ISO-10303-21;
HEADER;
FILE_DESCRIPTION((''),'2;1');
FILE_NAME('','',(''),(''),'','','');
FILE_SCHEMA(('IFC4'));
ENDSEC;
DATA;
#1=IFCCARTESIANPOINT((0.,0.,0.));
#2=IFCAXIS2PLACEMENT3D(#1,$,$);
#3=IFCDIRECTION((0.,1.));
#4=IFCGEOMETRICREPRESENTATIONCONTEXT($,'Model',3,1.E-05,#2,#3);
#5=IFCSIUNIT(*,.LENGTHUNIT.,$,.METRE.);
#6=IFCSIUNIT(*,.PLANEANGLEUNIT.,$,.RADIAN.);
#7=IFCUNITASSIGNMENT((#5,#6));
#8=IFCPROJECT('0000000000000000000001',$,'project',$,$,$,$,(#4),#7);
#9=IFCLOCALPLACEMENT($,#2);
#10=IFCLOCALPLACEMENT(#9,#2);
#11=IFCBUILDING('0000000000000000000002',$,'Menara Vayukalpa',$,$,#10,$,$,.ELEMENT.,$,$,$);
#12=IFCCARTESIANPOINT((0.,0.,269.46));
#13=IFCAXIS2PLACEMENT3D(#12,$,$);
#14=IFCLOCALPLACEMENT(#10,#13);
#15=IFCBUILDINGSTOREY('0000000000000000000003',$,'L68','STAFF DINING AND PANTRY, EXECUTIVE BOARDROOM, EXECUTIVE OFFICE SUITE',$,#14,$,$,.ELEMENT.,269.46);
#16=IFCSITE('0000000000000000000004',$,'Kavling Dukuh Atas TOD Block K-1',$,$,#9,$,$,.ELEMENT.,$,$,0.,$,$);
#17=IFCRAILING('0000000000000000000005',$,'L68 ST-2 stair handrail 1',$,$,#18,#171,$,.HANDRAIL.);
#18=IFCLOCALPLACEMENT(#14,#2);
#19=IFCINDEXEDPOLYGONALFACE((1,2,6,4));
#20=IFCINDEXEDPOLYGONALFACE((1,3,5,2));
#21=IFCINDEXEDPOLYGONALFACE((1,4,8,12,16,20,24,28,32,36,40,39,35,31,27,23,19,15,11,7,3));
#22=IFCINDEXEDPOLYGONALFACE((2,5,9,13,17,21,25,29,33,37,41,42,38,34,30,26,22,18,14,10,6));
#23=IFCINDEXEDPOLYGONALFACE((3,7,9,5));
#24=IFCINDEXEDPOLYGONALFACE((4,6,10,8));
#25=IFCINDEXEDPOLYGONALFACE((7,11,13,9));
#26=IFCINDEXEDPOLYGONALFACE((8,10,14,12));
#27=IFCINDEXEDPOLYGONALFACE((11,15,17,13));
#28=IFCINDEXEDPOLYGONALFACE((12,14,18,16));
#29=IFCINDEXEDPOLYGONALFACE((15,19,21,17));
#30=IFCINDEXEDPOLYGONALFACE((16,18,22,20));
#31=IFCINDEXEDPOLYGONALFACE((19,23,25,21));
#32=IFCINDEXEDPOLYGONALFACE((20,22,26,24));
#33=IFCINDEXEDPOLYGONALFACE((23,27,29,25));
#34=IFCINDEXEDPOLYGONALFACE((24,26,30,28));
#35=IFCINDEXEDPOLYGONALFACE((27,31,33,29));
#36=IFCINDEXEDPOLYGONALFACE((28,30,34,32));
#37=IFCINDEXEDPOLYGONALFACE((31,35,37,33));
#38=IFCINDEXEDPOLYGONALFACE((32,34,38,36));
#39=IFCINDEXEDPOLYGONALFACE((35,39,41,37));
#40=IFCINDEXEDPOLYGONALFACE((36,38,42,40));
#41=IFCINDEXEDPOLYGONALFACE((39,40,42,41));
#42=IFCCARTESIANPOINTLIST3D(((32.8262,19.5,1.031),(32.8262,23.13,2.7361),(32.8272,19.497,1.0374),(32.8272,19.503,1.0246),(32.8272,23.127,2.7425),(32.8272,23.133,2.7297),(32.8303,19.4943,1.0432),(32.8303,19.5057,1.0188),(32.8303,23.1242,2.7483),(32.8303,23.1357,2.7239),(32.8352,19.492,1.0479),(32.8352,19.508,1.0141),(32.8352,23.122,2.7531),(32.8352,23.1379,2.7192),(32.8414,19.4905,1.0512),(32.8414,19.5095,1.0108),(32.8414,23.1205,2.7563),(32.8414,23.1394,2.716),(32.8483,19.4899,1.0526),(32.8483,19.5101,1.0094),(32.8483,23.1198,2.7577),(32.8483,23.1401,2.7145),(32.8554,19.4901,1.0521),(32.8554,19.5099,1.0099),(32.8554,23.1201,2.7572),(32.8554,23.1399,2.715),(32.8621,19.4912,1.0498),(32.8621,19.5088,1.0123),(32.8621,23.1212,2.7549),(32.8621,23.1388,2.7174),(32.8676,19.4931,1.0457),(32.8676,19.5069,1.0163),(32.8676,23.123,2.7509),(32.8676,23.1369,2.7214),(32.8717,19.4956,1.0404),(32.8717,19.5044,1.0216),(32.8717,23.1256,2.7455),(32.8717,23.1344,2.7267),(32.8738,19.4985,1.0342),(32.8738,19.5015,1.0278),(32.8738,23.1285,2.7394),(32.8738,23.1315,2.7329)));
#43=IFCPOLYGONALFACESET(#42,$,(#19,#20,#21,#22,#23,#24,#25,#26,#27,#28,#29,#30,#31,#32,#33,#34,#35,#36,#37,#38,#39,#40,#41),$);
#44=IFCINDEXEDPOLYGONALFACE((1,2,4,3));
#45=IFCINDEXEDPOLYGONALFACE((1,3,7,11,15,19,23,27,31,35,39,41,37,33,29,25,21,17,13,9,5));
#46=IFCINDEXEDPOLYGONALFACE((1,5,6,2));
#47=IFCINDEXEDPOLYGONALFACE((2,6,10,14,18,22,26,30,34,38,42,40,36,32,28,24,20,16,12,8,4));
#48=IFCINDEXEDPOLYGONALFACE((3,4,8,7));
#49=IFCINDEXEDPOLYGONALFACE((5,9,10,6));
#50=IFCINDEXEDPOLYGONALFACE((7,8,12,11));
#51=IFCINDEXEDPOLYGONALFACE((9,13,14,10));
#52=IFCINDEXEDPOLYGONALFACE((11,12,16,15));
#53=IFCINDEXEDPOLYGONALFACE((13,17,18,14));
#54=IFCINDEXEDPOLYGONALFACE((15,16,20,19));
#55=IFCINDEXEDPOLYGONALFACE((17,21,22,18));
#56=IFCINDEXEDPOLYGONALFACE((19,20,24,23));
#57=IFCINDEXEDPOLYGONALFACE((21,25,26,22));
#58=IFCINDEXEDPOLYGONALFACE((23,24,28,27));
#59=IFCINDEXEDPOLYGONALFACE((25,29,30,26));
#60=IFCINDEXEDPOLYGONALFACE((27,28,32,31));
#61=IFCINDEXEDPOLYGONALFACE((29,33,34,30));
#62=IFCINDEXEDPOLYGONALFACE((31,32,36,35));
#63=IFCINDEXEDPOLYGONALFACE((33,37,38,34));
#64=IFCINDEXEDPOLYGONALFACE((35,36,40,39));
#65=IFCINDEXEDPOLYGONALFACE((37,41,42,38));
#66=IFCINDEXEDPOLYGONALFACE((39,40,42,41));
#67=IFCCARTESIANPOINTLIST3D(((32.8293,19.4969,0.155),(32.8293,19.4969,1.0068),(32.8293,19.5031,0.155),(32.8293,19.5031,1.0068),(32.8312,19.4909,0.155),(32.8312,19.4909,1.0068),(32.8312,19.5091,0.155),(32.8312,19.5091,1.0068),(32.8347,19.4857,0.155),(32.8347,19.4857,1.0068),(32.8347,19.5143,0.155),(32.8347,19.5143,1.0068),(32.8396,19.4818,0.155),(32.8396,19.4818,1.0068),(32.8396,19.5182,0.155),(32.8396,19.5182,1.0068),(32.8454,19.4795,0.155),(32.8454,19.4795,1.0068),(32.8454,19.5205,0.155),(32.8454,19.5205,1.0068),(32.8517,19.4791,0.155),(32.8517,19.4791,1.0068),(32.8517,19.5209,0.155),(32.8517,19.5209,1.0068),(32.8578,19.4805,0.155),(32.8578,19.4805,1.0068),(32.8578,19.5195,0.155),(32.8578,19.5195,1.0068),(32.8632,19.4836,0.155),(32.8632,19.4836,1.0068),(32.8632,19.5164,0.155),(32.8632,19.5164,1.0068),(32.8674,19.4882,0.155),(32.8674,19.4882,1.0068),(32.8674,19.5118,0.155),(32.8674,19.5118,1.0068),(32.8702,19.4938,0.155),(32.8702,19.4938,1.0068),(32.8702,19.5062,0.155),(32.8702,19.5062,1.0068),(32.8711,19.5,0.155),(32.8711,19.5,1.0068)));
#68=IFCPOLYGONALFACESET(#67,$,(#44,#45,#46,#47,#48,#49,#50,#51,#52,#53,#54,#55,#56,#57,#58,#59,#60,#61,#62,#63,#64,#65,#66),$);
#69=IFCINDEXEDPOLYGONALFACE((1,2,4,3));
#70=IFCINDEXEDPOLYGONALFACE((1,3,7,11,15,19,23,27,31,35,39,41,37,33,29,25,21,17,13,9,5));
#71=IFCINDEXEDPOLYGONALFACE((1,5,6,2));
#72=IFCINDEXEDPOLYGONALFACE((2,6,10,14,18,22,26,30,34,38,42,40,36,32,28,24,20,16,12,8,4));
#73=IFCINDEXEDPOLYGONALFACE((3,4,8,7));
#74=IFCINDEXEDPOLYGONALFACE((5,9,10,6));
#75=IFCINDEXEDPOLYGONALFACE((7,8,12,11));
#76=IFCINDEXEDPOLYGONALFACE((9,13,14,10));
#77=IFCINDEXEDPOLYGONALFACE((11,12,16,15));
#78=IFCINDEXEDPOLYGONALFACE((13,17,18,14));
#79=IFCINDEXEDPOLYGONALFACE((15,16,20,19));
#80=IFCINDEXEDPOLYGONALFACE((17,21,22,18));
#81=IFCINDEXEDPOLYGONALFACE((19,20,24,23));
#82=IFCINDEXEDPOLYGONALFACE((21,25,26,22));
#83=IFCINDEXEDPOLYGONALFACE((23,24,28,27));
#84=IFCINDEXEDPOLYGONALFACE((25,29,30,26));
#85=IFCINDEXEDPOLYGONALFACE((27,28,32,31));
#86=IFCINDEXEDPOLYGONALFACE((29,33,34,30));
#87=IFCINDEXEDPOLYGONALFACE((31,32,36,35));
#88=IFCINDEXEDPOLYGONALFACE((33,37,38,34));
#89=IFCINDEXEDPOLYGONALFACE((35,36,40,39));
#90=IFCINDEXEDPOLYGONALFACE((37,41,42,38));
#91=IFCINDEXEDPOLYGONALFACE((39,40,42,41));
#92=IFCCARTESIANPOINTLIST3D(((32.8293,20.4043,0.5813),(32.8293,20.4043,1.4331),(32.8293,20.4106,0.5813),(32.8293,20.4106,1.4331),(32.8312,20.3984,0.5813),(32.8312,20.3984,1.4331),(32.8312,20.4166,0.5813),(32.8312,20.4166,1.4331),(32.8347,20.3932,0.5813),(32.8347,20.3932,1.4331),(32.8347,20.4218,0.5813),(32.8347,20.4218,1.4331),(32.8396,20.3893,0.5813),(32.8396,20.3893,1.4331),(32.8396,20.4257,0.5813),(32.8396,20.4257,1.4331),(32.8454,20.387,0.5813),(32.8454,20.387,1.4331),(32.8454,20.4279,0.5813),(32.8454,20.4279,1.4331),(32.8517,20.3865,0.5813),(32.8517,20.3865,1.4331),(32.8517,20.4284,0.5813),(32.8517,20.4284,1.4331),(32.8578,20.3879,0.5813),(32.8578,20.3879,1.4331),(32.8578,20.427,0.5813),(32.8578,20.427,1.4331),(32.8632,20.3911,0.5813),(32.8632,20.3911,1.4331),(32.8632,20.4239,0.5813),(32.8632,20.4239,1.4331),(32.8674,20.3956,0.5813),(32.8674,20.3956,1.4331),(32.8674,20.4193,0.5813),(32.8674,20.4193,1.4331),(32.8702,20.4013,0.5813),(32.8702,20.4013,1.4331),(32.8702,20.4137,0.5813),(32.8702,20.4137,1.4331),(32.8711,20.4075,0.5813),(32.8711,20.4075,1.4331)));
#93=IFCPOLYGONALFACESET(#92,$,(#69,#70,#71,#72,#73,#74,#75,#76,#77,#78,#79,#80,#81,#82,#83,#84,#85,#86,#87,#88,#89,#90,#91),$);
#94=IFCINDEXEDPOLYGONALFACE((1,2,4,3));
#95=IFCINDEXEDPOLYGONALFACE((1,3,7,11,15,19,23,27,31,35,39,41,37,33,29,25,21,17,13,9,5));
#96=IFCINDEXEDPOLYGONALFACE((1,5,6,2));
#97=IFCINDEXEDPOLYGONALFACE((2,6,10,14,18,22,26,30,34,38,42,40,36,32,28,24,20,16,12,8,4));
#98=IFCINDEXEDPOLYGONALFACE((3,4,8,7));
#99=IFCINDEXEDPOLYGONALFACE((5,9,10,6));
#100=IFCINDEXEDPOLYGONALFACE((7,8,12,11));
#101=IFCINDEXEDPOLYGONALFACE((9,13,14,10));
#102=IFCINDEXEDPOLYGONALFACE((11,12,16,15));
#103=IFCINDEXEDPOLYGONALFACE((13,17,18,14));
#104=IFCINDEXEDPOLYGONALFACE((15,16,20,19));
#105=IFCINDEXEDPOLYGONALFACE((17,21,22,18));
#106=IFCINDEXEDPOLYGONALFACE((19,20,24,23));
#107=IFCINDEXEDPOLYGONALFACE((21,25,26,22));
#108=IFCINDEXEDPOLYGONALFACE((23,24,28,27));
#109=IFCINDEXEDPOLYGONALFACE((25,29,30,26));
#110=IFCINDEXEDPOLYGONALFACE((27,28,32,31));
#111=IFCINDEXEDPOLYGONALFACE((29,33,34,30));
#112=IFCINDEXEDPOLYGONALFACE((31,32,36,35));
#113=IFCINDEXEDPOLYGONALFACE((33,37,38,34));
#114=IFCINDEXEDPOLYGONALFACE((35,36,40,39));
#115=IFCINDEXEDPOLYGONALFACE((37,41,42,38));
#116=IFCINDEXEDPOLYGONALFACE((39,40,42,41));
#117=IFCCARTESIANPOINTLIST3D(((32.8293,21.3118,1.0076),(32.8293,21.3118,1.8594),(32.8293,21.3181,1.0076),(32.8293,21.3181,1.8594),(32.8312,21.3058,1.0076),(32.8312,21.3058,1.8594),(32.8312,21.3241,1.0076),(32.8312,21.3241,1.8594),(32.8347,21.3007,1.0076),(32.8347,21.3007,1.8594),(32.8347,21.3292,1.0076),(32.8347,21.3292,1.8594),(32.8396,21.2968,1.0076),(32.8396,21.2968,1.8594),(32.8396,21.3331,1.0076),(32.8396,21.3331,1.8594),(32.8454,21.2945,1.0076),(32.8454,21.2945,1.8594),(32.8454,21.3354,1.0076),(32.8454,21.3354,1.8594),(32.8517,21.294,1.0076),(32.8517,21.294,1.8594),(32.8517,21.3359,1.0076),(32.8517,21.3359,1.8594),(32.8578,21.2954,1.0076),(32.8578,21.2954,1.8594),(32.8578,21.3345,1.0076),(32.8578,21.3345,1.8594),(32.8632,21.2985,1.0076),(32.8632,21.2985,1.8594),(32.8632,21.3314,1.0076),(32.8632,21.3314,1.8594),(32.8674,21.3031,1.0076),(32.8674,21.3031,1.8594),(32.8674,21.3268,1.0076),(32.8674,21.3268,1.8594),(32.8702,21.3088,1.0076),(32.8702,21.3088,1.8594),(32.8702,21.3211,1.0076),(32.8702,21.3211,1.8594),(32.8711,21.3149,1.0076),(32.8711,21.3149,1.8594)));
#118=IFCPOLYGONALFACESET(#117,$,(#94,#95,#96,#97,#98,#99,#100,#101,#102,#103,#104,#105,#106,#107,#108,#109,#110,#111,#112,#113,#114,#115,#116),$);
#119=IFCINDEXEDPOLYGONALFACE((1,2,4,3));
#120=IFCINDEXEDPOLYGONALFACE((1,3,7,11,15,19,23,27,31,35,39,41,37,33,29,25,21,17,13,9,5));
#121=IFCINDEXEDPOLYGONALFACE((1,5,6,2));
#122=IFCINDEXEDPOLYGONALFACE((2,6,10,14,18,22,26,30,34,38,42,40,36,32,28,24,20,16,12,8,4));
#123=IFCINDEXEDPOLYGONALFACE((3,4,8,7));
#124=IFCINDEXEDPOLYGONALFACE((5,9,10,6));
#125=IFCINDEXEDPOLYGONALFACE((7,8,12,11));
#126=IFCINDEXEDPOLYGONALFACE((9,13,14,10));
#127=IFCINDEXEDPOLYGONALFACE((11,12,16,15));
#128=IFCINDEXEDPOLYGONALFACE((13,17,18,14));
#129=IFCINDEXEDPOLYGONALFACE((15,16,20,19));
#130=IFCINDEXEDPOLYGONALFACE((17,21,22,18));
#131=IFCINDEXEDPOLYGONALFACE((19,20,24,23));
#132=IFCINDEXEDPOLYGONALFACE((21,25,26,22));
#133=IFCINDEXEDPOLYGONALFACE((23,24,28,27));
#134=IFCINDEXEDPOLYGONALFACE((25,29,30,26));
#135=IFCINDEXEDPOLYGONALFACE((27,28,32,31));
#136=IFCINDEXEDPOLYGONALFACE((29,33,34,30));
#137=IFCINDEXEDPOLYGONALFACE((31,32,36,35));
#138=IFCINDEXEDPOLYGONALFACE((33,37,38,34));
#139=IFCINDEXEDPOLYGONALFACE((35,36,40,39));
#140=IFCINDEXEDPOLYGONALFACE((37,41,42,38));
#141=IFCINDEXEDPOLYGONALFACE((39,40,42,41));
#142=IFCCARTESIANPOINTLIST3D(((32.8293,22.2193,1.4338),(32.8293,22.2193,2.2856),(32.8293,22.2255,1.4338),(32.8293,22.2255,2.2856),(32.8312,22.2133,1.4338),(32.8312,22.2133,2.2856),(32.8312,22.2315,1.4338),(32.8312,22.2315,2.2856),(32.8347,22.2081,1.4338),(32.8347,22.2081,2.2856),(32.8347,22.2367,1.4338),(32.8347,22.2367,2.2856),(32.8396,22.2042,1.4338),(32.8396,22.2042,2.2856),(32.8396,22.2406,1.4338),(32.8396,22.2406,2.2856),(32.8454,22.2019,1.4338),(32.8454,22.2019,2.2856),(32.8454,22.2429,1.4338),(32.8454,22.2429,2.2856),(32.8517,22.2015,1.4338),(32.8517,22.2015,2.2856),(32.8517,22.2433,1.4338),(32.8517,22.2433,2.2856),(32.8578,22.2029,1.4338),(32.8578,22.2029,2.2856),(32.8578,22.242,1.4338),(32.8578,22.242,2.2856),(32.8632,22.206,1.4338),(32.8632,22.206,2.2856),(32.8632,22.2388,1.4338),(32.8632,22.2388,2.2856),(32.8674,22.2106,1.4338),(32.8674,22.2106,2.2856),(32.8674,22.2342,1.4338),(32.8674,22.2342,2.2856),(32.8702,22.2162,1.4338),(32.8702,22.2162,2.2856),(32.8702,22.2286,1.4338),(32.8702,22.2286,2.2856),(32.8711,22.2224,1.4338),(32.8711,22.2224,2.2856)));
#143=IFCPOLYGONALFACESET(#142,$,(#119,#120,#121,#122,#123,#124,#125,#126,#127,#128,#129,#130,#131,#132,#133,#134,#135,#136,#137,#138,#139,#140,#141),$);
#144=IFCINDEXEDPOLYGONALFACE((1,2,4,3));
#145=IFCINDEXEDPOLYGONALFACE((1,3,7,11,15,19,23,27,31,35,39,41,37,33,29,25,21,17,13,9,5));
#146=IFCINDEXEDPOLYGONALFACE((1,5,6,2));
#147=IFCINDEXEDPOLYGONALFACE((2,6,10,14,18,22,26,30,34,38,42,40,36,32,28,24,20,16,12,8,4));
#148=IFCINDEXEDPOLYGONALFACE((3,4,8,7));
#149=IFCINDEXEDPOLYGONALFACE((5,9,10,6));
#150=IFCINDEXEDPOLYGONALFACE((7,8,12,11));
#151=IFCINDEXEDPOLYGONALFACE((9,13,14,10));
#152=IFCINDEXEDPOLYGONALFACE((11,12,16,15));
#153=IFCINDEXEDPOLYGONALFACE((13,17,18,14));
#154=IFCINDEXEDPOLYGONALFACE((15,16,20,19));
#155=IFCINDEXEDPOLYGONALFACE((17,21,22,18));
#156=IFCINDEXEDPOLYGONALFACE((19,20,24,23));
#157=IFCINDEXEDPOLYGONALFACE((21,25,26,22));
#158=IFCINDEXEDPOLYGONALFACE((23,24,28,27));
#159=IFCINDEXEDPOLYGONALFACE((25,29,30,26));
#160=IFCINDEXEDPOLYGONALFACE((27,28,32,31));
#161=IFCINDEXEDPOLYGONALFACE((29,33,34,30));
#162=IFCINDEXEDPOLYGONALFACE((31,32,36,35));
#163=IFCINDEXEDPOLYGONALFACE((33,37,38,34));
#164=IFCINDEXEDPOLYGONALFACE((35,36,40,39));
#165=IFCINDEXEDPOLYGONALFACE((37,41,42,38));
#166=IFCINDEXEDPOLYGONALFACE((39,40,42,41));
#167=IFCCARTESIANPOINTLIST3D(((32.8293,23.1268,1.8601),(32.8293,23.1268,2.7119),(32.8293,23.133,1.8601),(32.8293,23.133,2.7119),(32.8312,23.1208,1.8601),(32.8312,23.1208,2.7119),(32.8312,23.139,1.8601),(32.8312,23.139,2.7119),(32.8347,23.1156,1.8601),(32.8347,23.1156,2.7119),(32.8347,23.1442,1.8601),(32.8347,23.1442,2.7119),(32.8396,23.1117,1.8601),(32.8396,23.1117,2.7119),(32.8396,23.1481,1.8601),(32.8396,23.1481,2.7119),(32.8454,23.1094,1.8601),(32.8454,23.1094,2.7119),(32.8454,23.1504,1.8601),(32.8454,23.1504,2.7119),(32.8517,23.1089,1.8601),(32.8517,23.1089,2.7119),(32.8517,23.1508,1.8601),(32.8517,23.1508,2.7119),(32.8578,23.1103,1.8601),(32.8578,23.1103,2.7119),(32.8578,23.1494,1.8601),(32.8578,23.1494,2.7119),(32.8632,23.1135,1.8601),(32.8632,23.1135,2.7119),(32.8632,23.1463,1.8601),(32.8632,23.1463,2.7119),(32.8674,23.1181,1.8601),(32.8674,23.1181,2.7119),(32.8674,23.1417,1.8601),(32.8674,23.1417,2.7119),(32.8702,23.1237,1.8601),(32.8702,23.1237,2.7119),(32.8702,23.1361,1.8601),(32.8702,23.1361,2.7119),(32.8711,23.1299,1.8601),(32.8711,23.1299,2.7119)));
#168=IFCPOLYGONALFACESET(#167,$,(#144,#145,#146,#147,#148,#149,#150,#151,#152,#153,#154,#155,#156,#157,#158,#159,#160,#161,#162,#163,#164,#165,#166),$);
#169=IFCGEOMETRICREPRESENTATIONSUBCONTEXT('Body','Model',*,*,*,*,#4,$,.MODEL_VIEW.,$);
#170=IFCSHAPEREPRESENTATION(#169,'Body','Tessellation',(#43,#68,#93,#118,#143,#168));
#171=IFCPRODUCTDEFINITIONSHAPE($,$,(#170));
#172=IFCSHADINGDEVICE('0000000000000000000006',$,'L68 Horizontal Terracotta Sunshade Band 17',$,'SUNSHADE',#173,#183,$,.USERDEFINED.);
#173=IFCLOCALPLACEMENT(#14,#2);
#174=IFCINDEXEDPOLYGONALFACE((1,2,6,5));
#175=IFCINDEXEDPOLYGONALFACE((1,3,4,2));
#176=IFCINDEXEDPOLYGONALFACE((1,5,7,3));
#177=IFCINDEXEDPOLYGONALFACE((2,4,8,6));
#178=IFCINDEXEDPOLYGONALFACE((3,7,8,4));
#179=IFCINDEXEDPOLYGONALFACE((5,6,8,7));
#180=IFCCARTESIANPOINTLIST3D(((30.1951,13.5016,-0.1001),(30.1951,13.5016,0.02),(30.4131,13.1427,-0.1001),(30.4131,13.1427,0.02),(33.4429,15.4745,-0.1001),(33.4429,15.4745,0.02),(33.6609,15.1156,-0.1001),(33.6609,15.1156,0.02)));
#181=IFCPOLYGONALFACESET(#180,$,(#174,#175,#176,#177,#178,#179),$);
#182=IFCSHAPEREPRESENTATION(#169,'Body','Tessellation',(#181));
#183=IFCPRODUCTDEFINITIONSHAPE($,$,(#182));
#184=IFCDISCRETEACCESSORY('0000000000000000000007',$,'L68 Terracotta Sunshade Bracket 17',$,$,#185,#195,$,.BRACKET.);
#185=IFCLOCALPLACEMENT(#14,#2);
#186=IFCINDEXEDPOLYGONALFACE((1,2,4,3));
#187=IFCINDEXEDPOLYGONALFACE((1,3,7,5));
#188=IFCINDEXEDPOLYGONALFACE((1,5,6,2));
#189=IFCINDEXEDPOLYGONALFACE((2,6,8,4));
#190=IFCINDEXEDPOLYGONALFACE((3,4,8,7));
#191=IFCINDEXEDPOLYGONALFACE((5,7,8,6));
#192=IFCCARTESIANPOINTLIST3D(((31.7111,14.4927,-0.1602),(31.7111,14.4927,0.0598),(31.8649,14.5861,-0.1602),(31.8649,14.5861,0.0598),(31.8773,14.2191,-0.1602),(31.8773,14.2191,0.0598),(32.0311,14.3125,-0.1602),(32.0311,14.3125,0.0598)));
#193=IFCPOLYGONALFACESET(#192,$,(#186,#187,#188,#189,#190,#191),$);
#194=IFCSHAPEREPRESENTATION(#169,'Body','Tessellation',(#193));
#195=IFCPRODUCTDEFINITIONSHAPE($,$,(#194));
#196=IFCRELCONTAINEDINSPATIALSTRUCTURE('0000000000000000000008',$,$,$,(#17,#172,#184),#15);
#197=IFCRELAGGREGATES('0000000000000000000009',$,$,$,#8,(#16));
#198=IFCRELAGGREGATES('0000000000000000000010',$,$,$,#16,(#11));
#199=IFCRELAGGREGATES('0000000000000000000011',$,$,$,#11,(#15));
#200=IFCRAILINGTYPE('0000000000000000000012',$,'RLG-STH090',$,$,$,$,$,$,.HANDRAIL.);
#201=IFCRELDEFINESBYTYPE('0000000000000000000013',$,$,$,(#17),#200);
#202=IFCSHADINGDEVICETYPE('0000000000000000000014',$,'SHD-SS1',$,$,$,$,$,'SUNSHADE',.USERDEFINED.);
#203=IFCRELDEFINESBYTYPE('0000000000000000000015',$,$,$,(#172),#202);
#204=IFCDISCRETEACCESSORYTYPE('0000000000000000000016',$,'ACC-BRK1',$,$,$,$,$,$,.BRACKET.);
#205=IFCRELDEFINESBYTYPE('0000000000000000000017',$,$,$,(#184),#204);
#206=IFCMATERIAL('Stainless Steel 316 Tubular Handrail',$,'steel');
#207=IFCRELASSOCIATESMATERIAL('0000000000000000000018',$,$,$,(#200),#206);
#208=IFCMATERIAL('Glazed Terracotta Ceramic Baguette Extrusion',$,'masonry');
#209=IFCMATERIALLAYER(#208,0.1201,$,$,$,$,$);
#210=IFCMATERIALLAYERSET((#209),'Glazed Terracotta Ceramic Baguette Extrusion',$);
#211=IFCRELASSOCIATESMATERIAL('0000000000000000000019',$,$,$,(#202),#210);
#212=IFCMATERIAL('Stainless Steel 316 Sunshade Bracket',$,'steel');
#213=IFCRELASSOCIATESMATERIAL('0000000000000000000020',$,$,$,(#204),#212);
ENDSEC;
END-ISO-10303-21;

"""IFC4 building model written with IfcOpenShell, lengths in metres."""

from ifc_helpers import new_model, si_unit, direction, frame, origin, origin_2d, place, context, subcontext, project, spatial, rectangle, circle, extrude, material, layer, layer_set, type_object, element, save


model = new_model("IFC4")

# Units and contexts
model_context = context("Model", 3, precision=1e-05, world=origin(), true_north=direction((0.0, 1.0)))
body_context = subcontext(model_context, "Body", "Model", "MODEL_VIEW")
ifc_project = project(units=[si_unit("LENGTHUNIT", "METRE"), si_unit("PLANEANGLEUNIT", "RADIAN")], contexts=[model_context])

# Site, building, storey
site_placement = place(None, origin())
site = spatial("IfcSite", under=ifc_project, at=site_placement, Name="Kavling Dukuh Atas TOD Block K-1", CompositionType="ELEMENT", RefElevation=0.0)
building_placement = place(site_placement, origin())
building = spatial("IfcBuilding", under=site, at=building_placement, Name="Menara Vayukalpa", CompositionType="ELEMENT")
storey_placement = place(building_placement, frame((0.0, 0.0, 269.46)))
storey = spatial("IfcBuildingStorey", under=building, at=storey_placement, Name="L68", Description="STAFF DINING AND PANTRY, EXECUTIVE BOARDROOM, EXECUTIVE OFFICE SUITE", CompositionType="ELEMENT", Elevation=269.46)

# Railing
ifc_material_1 = material(Name="Stainless Steel 316 Tubular Handrail", Category="steel")
railing_type_1 = type_object("IfcRailingType", Name="RLG-STH090", PredefinedType="HANDRAIL", material=ifc_material_1)
railing_1_placement = place(storey_placement, frame((32.8501, 19.5, 0.155)))
element("IfcRailing", 1, at=railing_1_placement, inside=storey, type_object=railing_type_1, Name="L68 ST-2 stair handrail 1", PredefinedType="HANDRAIL", context=body_context, shape_type="SweptSolid", body=[
    extrude(circle(Radius=0.0239, at=origin_2d()), frame((0.0, 0.0, 0.876), z_axis=(0.0, 0.905116, 0.425164), x_axis=(-1.0, 0.0, 0.0)), (0.0, 0.0, 1.0), 4.0105),
    extrude(circle(Radius=0.021, at=origin_2d()), origin(), (0.0, 0.0, 1.0), 0.8518),
    extrude(circle(Radius=0.021, at=origin_2d()), frame((0.0, 0.9075, 0.4263)), (0.0, 0.0, 1.0), 0.8518),
    extrude(circle(Radius=0.021, at=origin_2d()), frame((0.0, 1.8149, 0.8525)), (0.0, 0.0, 1.0), 0.8518),
    extrude(circle(Radius=0.021, at=origin_2d()), frame((0.0, 2.7224, 1.2788)), (0.0, 0.0, 1.0), 0.8518),
    extrude(circle(Radius=0.021, at=origin_2d()), frame((0.0, 3.6299, 1.7051)), (0.0, 0.0, 1.0), 0.8518),
])

# Shading device
ifc_material_2 = material(Name="Glazed Terracotta Ceramic Baguette Extrusion", Category="masonry")
ifc_layer_1 = layer(ifc_material_2, 0.1201)
ifc_layer_set_1 = layer_set([ifc_layer_1], Name="Glazed Terracotta Ceramic Baguette Extrusion")
shading_device_type = type_object("IfcShadingDeviceType", Name="SHD-SS1", ElementType="SUNSHADE", PredefinedType="USERDEFINED", material=ifc_layer_set_1)
shading_device_placement = place(storey_placement, frame((31.928, 14.3086, -0.1001), z_axis=(0.0, 0.0, 1.0), x_axis=(0.854667, 0.519176, 0.0)))
element("IfcShadingDevice", 2, at=shading_device_placement, inside=storey, type_object=shading_device_type, Name="L68 Horizontal Terracotta Sunshade Band 17", ObjectType="SUNSHADE", PredefinedType="USERDEFINED", context=body_context, shape_type="SweptSolid", body=[
    extrude(rectangle(XDim=3.8, YDim=0.4199, at=origin_2d()), origin(), (0.0, 0.0, 1.0), 0.1201),
])

# Discrete accessory
ifc_material_3 = material(Name="Stainless Steel 316 Sunshade Bracket", Category="steel")
discrete_accessory_type = type_object("IfcDiscreteAccessoryType", Name="ACC-BRK1", PredefinedType="BRACKET", material=ifc_material_3)
discrete_accessory_placement = place(storey_placement, frame((31.8711, 14.4026, -0.1602), z_axis=(0.0, 0.0, 1.0), x_axis=(0.854667, 0.519176, 0.0)))
element("IfcDiscreteAccessory", 3, at=discrete_accessory_placement, inside=storey, type_object=discrete_accessory_type, Name="L68 Terracotta Sunshade Bracket 17", PredefinedType="BRACKET", context=body_context, shape_type="SweptSolid", body=[
    extrude(rectangle(XDim=0.1799, YDim=0.3201, at=origin_2d()), origin(), (0.0, 0.0, 1.0), 0.22),
])

save(model, "model.ifc")
